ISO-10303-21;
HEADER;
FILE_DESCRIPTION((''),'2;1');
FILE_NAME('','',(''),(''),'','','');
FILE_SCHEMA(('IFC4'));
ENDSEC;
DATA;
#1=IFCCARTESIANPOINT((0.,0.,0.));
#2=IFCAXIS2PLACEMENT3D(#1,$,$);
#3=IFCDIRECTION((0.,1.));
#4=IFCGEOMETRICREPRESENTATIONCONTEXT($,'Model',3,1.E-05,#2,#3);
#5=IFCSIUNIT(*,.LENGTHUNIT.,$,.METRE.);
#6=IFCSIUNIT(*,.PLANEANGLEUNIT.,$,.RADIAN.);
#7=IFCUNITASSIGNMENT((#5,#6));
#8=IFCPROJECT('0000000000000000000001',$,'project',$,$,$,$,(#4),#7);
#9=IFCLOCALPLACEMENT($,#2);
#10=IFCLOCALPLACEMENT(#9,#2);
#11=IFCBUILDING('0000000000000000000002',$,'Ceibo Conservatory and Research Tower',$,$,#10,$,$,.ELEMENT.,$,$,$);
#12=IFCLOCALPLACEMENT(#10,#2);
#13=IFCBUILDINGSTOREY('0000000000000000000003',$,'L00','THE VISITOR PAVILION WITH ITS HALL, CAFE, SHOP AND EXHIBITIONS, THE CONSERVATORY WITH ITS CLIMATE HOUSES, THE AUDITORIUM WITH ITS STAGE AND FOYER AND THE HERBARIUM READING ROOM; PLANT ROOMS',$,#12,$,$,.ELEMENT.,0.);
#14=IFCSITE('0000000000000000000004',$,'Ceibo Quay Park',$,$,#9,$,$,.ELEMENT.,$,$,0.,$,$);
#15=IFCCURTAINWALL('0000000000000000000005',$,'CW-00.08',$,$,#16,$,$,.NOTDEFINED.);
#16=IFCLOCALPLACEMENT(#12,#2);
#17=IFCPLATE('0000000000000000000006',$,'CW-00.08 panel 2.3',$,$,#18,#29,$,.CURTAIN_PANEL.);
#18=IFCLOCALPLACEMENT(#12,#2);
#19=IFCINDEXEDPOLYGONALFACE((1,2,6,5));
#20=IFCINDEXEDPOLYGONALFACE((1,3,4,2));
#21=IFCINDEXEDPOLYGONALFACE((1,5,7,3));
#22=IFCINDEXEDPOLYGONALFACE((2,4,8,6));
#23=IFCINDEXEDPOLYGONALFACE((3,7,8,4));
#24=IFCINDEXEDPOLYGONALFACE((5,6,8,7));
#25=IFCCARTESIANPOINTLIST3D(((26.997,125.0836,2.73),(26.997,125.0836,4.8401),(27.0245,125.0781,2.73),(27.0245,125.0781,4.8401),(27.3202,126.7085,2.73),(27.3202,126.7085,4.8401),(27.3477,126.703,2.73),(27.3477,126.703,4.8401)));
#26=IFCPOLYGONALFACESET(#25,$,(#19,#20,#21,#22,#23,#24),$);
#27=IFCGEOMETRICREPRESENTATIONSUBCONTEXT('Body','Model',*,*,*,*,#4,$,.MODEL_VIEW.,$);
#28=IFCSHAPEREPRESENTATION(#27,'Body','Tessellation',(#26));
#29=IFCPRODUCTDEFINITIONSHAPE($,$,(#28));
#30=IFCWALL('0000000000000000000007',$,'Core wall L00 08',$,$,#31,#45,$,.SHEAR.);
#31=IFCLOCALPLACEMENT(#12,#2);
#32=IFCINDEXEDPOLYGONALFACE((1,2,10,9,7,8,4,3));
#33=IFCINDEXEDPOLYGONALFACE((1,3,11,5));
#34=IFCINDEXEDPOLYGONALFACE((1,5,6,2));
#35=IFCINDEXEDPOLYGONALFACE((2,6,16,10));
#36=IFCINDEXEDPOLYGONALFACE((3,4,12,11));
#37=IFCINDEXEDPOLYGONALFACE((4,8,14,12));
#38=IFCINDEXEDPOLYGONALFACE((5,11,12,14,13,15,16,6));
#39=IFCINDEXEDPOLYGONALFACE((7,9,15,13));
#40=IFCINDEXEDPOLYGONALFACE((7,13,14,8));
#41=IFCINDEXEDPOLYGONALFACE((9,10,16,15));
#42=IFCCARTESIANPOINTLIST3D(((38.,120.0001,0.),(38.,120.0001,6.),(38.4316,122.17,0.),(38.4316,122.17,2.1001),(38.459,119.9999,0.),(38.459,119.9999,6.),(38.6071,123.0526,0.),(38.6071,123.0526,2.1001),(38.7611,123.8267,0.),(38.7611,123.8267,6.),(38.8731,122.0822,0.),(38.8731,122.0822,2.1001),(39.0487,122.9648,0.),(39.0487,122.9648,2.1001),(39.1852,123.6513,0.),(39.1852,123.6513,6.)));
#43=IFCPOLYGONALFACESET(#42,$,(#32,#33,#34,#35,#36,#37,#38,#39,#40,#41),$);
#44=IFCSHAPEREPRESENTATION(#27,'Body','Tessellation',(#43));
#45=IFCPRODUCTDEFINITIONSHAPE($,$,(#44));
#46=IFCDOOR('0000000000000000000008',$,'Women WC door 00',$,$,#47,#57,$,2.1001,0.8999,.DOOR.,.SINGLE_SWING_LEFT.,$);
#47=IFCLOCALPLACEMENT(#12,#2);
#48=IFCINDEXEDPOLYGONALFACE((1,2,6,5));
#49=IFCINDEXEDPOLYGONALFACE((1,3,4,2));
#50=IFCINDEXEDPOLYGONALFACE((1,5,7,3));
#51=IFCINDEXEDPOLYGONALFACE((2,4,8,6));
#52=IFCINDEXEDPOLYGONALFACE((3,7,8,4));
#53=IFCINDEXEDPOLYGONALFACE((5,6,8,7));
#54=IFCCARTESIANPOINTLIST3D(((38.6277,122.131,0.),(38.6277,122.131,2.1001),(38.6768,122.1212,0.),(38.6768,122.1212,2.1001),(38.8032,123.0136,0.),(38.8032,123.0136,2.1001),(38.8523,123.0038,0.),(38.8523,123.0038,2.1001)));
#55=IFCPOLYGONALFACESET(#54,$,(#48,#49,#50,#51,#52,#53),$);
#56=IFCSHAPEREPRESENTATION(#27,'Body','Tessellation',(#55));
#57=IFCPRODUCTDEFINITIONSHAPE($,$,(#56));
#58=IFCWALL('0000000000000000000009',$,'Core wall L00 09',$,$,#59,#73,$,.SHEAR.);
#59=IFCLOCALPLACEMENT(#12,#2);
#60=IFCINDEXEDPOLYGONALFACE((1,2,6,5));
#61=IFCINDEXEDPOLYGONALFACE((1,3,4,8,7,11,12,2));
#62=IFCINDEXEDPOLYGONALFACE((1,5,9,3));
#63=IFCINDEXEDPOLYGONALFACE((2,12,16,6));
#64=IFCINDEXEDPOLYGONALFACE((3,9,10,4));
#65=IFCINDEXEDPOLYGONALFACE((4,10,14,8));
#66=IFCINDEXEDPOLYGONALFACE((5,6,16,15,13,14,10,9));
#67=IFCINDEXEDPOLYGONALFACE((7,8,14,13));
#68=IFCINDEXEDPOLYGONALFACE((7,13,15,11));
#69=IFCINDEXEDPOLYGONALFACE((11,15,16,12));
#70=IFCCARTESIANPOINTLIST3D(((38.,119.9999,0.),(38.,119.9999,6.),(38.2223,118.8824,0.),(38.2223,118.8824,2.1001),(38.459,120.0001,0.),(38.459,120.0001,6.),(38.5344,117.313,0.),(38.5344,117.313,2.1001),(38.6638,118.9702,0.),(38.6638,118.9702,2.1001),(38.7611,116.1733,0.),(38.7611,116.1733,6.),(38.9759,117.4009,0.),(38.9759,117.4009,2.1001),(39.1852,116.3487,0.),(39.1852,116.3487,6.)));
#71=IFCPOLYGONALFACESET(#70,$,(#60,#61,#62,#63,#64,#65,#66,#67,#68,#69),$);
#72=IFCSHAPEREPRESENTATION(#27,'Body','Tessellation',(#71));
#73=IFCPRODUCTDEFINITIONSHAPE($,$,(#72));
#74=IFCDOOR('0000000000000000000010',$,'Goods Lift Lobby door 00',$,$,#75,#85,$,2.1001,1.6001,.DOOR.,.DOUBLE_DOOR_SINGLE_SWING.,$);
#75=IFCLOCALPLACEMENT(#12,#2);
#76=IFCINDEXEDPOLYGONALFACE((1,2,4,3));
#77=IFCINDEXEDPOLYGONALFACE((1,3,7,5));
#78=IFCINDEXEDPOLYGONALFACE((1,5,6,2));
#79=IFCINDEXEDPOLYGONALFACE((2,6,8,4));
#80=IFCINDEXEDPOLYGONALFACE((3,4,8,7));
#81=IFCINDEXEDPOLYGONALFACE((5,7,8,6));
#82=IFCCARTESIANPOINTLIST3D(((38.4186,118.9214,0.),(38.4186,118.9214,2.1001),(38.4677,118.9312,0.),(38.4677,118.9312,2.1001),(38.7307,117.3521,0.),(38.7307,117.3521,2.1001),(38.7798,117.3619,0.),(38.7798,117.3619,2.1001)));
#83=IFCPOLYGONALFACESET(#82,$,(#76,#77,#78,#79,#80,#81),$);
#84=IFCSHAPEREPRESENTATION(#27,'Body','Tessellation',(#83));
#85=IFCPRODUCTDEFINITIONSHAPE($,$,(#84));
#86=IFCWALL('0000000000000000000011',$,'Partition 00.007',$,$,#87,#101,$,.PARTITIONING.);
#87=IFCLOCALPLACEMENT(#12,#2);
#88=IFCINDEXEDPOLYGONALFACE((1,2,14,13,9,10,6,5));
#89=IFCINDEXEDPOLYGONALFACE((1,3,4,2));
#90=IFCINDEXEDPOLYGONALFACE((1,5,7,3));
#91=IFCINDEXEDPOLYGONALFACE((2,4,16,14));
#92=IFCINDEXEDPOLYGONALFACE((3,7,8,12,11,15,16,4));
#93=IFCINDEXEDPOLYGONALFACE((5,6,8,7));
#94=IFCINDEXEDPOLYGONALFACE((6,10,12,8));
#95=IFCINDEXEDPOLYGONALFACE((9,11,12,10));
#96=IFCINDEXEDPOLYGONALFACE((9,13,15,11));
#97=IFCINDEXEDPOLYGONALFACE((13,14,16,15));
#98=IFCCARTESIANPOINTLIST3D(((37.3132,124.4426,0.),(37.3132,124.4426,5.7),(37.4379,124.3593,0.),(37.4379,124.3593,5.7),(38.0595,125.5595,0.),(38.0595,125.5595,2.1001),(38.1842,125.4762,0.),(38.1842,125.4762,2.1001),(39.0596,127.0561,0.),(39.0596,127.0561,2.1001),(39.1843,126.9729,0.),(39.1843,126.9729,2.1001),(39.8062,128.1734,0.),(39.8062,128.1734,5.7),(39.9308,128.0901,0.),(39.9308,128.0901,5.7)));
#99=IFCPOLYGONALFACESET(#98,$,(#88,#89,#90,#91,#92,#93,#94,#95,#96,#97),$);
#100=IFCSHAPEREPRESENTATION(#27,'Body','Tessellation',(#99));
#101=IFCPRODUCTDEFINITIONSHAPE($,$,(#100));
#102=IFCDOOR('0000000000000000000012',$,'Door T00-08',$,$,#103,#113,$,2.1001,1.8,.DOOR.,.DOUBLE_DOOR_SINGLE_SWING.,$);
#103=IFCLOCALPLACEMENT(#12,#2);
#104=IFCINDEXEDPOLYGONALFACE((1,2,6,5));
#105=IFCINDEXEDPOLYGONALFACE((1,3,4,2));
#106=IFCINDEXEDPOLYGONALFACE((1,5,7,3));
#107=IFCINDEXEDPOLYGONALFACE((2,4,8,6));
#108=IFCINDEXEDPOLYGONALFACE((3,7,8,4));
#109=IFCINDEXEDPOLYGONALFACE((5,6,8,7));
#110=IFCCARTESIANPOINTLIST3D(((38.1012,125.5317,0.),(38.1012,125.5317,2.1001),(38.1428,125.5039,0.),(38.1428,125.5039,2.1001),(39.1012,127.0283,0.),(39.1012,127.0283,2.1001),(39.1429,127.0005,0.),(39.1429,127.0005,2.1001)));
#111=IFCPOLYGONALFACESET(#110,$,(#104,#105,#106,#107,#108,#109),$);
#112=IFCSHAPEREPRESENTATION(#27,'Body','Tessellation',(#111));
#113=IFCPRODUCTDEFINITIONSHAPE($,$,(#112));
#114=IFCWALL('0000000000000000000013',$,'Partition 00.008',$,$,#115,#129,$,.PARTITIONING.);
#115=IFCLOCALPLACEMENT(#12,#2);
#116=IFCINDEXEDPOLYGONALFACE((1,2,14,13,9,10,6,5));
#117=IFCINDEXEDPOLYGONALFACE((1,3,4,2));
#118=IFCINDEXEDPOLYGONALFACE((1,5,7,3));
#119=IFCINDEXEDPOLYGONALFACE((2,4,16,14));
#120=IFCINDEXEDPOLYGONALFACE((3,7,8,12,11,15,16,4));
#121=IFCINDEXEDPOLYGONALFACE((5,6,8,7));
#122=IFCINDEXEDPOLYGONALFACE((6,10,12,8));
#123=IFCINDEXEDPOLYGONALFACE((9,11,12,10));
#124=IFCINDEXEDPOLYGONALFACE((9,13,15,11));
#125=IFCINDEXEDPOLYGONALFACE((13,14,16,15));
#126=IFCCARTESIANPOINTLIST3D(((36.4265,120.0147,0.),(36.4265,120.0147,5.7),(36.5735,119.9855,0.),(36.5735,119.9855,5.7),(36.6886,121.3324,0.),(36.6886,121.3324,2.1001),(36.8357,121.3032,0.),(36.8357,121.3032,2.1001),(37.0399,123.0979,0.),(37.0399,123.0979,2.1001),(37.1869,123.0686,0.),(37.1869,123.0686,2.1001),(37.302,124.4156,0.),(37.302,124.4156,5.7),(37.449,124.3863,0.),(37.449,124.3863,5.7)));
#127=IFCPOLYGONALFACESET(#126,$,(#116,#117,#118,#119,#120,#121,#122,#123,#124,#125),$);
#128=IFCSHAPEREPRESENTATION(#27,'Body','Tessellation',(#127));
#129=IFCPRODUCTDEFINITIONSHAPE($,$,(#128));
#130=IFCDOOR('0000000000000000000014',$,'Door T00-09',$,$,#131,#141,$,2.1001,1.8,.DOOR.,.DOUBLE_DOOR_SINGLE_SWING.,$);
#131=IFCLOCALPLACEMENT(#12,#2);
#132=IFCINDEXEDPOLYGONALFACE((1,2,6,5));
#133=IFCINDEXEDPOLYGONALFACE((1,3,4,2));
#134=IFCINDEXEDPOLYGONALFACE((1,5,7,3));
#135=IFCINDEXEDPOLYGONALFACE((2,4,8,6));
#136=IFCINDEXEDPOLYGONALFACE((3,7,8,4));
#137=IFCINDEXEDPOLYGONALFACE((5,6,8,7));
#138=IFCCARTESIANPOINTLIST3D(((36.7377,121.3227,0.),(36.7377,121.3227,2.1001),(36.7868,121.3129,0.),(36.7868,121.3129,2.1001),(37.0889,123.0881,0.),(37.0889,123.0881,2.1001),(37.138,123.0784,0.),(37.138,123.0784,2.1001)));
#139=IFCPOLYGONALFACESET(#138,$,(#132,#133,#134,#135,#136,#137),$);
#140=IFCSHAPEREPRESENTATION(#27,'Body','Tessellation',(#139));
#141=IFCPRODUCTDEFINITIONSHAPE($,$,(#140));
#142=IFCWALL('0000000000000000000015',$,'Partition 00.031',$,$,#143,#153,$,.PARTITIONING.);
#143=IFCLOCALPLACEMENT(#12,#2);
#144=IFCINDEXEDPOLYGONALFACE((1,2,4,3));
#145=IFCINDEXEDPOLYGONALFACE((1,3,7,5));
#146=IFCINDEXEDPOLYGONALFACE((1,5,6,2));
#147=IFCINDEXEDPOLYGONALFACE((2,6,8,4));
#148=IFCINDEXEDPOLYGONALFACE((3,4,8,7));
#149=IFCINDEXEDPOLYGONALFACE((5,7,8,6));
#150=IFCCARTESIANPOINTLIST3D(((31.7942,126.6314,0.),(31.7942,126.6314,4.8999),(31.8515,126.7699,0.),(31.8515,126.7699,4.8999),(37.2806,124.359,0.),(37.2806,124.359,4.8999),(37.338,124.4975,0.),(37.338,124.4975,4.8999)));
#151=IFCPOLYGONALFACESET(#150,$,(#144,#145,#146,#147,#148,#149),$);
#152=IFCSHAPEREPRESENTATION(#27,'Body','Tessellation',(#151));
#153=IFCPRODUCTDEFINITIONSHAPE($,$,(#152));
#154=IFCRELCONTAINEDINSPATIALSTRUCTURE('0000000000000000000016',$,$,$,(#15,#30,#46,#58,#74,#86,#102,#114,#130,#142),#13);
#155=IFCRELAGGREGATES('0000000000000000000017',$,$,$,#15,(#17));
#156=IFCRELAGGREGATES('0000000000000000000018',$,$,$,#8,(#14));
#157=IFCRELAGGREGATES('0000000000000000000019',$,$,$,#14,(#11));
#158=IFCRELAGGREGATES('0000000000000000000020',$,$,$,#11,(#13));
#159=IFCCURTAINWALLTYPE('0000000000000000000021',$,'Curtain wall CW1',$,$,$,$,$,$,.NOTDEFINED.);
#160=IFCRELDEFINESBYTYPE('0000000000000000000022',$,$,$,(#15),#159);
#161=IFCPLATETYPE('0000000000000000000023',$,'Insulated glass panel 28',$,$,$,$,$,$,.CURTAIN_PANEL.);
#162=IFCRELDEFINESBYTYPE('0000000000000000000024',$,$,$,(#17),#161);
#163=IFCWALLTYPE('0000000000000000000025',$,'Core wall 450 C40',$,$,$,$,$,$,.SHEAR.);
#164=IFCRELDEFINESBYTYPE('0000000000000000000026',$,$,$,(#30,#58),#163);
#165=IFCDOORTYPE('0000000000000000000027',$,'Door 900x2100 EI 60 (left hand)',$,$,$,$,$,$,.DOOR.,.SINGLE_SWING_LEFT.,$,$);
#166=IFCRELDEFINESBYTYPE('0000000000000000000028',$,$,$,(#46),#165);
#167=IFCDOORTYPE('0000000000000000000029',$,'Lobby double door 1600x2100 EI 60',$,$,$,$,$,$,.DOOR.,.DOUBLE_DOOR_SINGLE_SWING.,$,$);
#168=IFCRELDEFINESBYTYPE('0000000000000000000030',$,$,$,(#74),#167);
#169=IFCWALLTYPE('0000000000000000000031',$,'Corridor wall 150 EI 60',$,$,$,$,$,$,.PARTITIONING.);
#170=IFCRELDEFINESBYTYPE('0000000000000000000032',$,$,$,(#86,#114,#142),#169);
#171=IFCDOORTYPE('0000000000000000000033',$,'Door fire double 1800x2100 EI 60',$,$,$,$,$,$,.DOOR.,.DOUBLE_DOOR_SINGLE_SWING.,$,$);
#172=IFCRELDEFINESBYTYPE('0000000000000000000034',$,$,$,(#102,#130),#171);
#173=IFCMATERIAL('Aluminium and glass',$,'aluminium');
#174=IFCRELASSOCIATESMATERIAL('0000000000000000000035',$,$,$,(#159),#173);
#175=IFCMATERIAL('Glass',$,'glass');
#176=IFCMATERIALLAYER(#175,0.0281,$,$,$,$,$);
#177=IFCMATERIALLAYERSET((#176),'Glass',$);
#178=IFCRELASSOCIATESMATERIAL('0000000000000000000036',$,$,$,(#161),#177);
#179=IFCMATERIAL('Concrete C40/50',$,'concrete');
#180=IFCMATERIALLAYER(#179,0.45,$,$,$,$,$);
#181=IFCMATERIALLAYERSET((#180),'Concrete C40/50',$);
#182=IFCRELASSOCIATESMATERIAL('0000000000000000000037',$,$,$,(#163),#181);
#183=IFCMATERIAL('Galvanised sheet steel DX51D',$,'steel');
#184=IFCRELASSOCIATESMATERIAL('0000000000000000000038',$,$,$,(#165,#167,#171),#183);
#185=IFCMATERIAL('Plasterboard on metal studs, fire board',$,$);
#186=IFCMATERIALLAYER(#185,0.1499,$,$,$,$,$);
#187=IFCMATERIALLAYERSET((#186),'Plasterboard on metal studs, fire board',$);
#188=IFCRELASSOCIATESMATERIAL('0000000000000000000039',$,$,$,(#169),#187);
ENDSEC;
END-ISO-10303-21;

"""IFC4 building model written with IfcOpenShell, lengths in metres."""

from ifc_helpers import new_model, si_unit, direction, frame, frame_2d, origin, origin_2d, place, context, subcontext, project, spatial, polyline, rectangle, outline, extrude, material, layer, layer_set, type_object, element, fill, aggregate, save


model = new_model("IFC4")

# Units and contexts
model_context = context("Model", 3, precision=1e-05, world=origin(), true_north=direction((0.0, 1.0)))
body_context = subcontext(model_context, "Body", "Model", "MODEL_VIEW")
ifc_project = project(units=[si_unit("LENGTHUNIT", "METRE"), si_unit("PLANEANGLEUNIT", "RADIAN")], contexts=[model_context])

# Site, building, storey
site_placement = place(None, origin())
site = spatial("IfcSite", under=ifc_project, at=site_placement, Name="Ceibo Quay Park", CompositionType="ELEMENT", RefElevation=0.0)
building_placement = place(site_placement, origin())
building = spatial("IfcBuilding", under=site, at=building_placement, Name="Ceibo Conservatory and Research Tower", CompositionType="ELEMENT")
storey_placement = place(building_placement, origin())
storey = spatial("IfcBuildingStorey", under=building, at=storey_placement, Name="L00", Description="THE VISITOR PAVILION WITH ITS HALL, CAFE, SHOP AND EXHIBITIONS, THE CONSERVATORY WITH ITS CLIMATE HOUSES, THE AUDITORIUM WITH ITS STAGE AND FOYER AND THE HERBARIUM READING ROOM; PLANT ROOMS", CompositionType="ELEMENT", Elevation=0.0)

# Shared definitions
ifc_material_1 = material(Name="Concrete C40/50", Category="concrete")

# Curtain wall
ifc_material_2 = material(Name="Aluminium and glass", Category="aluminium")
curtain_wall_type = type_object("IfcCurtainWallType", Name="Curtain wall CW1", PredefinedType="NOTDEFINED", material=ifc_material_2)
curtain_wall_placement = place(storey_placement, origin())
curtain_wall = element("IfcCurtainWall", 1, at=curtain_wall_placement, inside=storey, type_object=curtain_wall_type, Name="CW-00.08", PredefinedType="NOTDEFINED")

# Plate
ifc_material_3 = material(Name="Glass", Category="glass")
ifc_layer_1 = layer(ifc_material_3, 0.0281)
ifc_layer_set_1 = layer_set([ifc_layer_1], Name="Glass")
plate_type = type_object("IfcPlateType", Name="Insulated glass panel 28", PredefinedType="CURTAIN_PANEL", material=ifc_layer_set_1)
plate_placement = place(storey_placement, frame((27.1724, 125.8933, 2.73), z_axis=(0.0, 0.0, 1.0), x_axis=(-0.19509, -0.980785, 0.0)))
plate = element("IfcPlate", 2, at=plate_placement, type_object=plate_type, Name="CW-00.08 panel 2.3", PredefinedType="CURTAIN_PANEL", context=body_context, shape_type="SweptSolid", body=[
    extrude(rectangle(XDim=1.6567, YDim=0.0281, at=origin_2d()), origin(), (0.0, 0.0, 1.0), 2.1101),
])
aggregate(curtain_wall, [plate])

# Walls, openings, doors
ifc_layer_2 = layer(ifc_material_1, 0.45)
ifc_layer_set_2 = layer_set([ifc_layer_2], Name="Concrete C40/50")
wall_type_1 = type_object("IfcWallType", Name="Core wall 450 C40", PredefinedType="SHEAR", material=ifc_layer_set_2)
wall_1_placement = place(storey_placement, frame((38.9731, 123.739, 0.0), z_axis=(0.0, 0.0, 1.0), x_axis=(-0.195069, -0.980789, 0.0)))
wall_1 = element("IfcWall", 3, at=wall_1_placement, inside=storey, type_object=wall_type_1, Name="Core wall L00 08", PredefinedType="SHEAR", context=body_context, shape_type="SweptSolid", body=[
    extrude(outline(polyline([(-0.0447, -0.2251), (3.8569, -0.2251), (3.7676, 0.2251), (0.0447, 0.2251), (-0.0447, -0.2251)])), origin(), (0.0, 0.0, 1.0), 6.0),
])
opening_1_placement = place(wall_1_placement, frame((0.7446, 0.0, 0.0)))
opening_1 = element("IfcOpeningElement", 4, at=opening_1_placement, cuts=wall_1, PredefinedType="OPENING", context=body_context, shape_type="SweptSolid", body=[
    extrude(rectangle(XDim=0.8999, YDim=2.1001, at=frame_2d((0.45, 1.05))), frame((0.0, 0.2349, 0.0), z_axis=(0.0, -1.0, 0.0), x_axis=(1.0, 0.0, 0.0)), (0.0, 0.0, 1.0), 0.47),
])
ifc_material_4 = material(Name="Galvanised sheet steel DX51D", Category="steel")
door_type_1 = type_object("IfcDoorType", Name="Door 900x2100 EI 60 (left hand)", OperationType="SINGLE_SWING_LEFT", PredefinedType="DOOR", material=ifc_material_4)
door_1_placement = place(opening_1_placement, origin())
door_1 = element("IfcDoor", 5, at=door_1_placement, inside=storey, type_object=door_type_1, Name="Women WC door 00", OperationType="SINGLE_SWING_LEFT", OverallHeight=2.1001, OverallWidth=0.8999, PredefinedType="DOOR", context=body_context, shape_type="SweptSolid", body=[
    extrude(rectangle(XDim=0.8999, YDim=2.1001, at=frame_2d((0.45, 1.05))), frame((0.0, 0.0249, 0.0), z_axis=(0.0, -1.0, 0.0), x_axis=(1.0, 0.0, 0.0)), (0.0, 0.0, 1.0), 0.05),
])
fill(opening_1, door_1)
wall_2_placement = place(storey_placement, frame((38.2295, 120.0, 0.0), z_axis=(0.0, 0.0, 1.0), x_axis=(0.195069, -0.980789, 0.0)))
wall_2 = element("IfcWall", 6, at=wall_2_placement, inside=storey, type_object=wall_type_1, Name="Core wall L00 09", PredefinedType="SHEAR", context=body_context, shape_type="SweptSolid", body=[
    extrude(outline(polyline([(-0.0447, -0.2251), (3.8569, -0.2251), (3.7676, 0.2251), (0.0447, 0.2251), (-0.0447, -0.2251)])), origin(), (0.0, 0.0, 1.0), 6.0),
])
opening_2_placement = place(wall_2_placement, frame((1.0947, 0.0, 0.0)))
opening_2 = element("IfcOpeningElement", 7, at=opening_2_placement, cuts=wall_2, PredefinedType="OPENING", context=body_context, shape_type="SweptSolid", body=[
    extrude(rectangle(XDim=1.6001, YDim=2.1001, at=frame_2d((0.8, 1.05))), frame((0.0, 0.2349, 0.0), z_axis=(0.0, -1.0, 0.0), x_axis=(1.0, 0.0, 0.0)), (0.0, 0.0, 1.0), 0.47),
])
door_type_2 = type_object("IfcDoorType", Name="Lobby double door 1600x2100 EI 60", OperationType="DOUBLE_DOOR_SINGLE_SWING", PredefinedType="DOOR", material=ifc_material_4)
door_2_placement = place(opening_2_placement, frame((1.6001, 0.0, 0.0), z_axis=(0.0, 0.0, 1.0), x_axis=(-1.0, 0.0, 0.0)))
door_2 = element("IfcDoor", 8, at=door_2_placement, inside=storey, type_object=door_type_2, Name="Goods Lift Lobby door 00", OperationType="DOUBLE_DOOR_SINGLE_SWING", OverallHeight=2.1001, OverallWidth=1.6001, PredefinedType="DOOR", context=body_context, shape_type="SweptSolid", body=[
    extrude(rectangle(XDim=1.6001, YDim=2.1001, at=frame_2d((0.8, 1.05))), frame((0.0, 0.0249, 0.0), z_axis=(0.0, -1.0, 0.0), x_axis=(1.0, 0.0, 0.0)), (0.0, 0.0, 1.0), 0.05),
])
fill(opening_2, door_2)
ifc_material_5 = material(Name="Plasterboard on metal studs, fire board")
ifc_layer_3 = layer(ifc_material_5, 0.1499)
ifc_layer_set_3 = layer_set([ifc_layer_3], Name="Plasterboard on metal studs, fire board")
wall_type_2 = type_object("IfcWallType", Name="Corridor wall 150 EI 60", PredefinedType="PARTITIONING", material=ifc_layer_set_3)
wall_3_placement = place(storey_placement, frame((37.3755, 124.4009, 0.0), z_axis=(0.0, 0.0, 1.0), x_axis=(0.555591, 0.831455, 0.0)))
wall_3 = element("IfcWall", 9, at=wall_3_placement, inside=storey, type_object=wall_type_2, Name="Partition 00.007", PredefinedType="PARTITIONING", context=body_context, shape_type="SweptSolid", body=[
    extrude(rectangle(XDim=4.4871, YDim=0.1499, at=frame_2d((2.2437, 0.0))), origin(), (0.0, 0.0, 1.0), 5.7),
])
opening_3_placement = place(wall_3_placement, frame((1.3435, 0.0, 0.0)))
opening_3 = element("IfcOpeningElement", 10, at=opening_3_placement, cuts=wall_3, PredefinedType="OPENING", context=body_context, shape_type="SweptSolid", body=[
    extrude(rectangle(XDim=1.8, YDim=2.1001, at=frame_2d((0.8999, 1.05))), frame((0.0, 0.085, 0.0), z_axis=(0.0, -1.0, 0.0), x_axis=(1.0, 0.0, 0.0)), (0.0, 0.0, 1.0), 0.1699),
])
door_type_3 = type_object("IfcDoorType", Name="Door fire double 1800x2100 EI 60", OperationType="DOUBLE_DOOR_SINGLE_SWING", PredefinedType="DOOR", material=ifc_material_4)
door_3_placement = place(opening_3_placement, origin())
door_3 = element("IfcDoor", 11, at=door_3_placement, inside=storey, type_object=door_type_3, Name="Door T00-08", OperationType="DOUBLE_DOOR_SINGLE_SWING", OverallHeight=2.1001, OverallWidth=1.8, PredefinedType="DOOR", context=body_context, shape_type="SweptSolid", body=[
    extrude(rectangle(XDim=1.8, YDim=2.1001, at=frame_2d((0.8999, 1.05))), frame((0.0, 0.0249, 0.0), z_axis=(0.0, -1.0, 0.0), x_axis=(1.0, 0.0, 0.0)), (0.0, 0.0, 1.0), 0.05),
])
fill(opening_3, door_3)
wall_4_placement = place(storey_placement, frame((36.5, 120.0, 0.0), z_axis=(0.0, 0.0, 1.0), x_axis=(0.195112, 0.980781, 0.0)))
wall_4 = element("IfcWall", 12, at=wall_4_placement, inside=storey, type_object=wall_type_2, Name="Partition 00.008", PredefinedType="PARTITIONING", context=body_context, shape_type="SweptSolid", body=[
    extrude(rectangle(XDim=4.4871, YDim=0.1499, at=frame_2d((2.2437, 0.0))), origin(), (0.0, 0.0, 1.0), 5.7),
])
opening_4_placement = place(wall_4_placement, frame((1.3438, 0.0, 0.0)))
opening_4 = element("IfcOpeningElement", 13, at=opening_4_placement, cuts=wall_4, PredefinedType="OPENING", context=body_context, shape_type="SweptSolid", body=[
    extrude(rectangle(XDim=1.8, YDim=2.1001, at=frame_2d((0.8999, 1.05))), frame((0.0, 0.085, 0.0), z_axis=(0.0, -1.0, 0.0), x_axis=(1.0, 0.0, 0.0)), (0.0, 0.0, 1.0), 0.1699),
])
door_4_placement = place(opening_4_placement, origin())
door_4 = element("IfcDoor", 14, at=door_4_placement, inside=storey, type_object=door_type_3, Name="Door T00-09", OperationType="DOUBLE_DOOR_SINGLE_SWING", OverallHeight=2.1001, OverallWidth=1.8, PredefinedType="DOOR", context=body_context, shape_type="SweptSolid", body=[
    extrude(rectangle(XDim=1.8, YDim=2.1001, at=frame_2d((0.8999, 1.05))), frame((0.0, 0.0249, 0.0), z_axis=(0.0, -1.0, 0.0), x_axis=(1.0, 0.0, 0.0)), (0.0, 0.0, 1.0), 0.05),
])
fill(opening_4, door_4)

# Wall
wall_5_placement = place(storey_placement, frame((37.3093, 124.4282, 0.0), z_axis=(0.0, 0.0, 1.0), x_axis=(-0.923889, 0.382662, 0.0)))
element("IfcWall", 15, at=wall_5_placement, inside=storey, type_object=wall_type_2, Name="Partition 00.031", PredefinedType="PARTITIONING", context=body_context, shape_type="SweptSolid", body=[
    extrude(rectangle(XDim=5.9385, YDim=0.1499, at=frame_2d((2.9692, 0.0))), origin(), (0.0, 0.0, 1.0), 4.8999),
])

save(model, "model.ifc")
